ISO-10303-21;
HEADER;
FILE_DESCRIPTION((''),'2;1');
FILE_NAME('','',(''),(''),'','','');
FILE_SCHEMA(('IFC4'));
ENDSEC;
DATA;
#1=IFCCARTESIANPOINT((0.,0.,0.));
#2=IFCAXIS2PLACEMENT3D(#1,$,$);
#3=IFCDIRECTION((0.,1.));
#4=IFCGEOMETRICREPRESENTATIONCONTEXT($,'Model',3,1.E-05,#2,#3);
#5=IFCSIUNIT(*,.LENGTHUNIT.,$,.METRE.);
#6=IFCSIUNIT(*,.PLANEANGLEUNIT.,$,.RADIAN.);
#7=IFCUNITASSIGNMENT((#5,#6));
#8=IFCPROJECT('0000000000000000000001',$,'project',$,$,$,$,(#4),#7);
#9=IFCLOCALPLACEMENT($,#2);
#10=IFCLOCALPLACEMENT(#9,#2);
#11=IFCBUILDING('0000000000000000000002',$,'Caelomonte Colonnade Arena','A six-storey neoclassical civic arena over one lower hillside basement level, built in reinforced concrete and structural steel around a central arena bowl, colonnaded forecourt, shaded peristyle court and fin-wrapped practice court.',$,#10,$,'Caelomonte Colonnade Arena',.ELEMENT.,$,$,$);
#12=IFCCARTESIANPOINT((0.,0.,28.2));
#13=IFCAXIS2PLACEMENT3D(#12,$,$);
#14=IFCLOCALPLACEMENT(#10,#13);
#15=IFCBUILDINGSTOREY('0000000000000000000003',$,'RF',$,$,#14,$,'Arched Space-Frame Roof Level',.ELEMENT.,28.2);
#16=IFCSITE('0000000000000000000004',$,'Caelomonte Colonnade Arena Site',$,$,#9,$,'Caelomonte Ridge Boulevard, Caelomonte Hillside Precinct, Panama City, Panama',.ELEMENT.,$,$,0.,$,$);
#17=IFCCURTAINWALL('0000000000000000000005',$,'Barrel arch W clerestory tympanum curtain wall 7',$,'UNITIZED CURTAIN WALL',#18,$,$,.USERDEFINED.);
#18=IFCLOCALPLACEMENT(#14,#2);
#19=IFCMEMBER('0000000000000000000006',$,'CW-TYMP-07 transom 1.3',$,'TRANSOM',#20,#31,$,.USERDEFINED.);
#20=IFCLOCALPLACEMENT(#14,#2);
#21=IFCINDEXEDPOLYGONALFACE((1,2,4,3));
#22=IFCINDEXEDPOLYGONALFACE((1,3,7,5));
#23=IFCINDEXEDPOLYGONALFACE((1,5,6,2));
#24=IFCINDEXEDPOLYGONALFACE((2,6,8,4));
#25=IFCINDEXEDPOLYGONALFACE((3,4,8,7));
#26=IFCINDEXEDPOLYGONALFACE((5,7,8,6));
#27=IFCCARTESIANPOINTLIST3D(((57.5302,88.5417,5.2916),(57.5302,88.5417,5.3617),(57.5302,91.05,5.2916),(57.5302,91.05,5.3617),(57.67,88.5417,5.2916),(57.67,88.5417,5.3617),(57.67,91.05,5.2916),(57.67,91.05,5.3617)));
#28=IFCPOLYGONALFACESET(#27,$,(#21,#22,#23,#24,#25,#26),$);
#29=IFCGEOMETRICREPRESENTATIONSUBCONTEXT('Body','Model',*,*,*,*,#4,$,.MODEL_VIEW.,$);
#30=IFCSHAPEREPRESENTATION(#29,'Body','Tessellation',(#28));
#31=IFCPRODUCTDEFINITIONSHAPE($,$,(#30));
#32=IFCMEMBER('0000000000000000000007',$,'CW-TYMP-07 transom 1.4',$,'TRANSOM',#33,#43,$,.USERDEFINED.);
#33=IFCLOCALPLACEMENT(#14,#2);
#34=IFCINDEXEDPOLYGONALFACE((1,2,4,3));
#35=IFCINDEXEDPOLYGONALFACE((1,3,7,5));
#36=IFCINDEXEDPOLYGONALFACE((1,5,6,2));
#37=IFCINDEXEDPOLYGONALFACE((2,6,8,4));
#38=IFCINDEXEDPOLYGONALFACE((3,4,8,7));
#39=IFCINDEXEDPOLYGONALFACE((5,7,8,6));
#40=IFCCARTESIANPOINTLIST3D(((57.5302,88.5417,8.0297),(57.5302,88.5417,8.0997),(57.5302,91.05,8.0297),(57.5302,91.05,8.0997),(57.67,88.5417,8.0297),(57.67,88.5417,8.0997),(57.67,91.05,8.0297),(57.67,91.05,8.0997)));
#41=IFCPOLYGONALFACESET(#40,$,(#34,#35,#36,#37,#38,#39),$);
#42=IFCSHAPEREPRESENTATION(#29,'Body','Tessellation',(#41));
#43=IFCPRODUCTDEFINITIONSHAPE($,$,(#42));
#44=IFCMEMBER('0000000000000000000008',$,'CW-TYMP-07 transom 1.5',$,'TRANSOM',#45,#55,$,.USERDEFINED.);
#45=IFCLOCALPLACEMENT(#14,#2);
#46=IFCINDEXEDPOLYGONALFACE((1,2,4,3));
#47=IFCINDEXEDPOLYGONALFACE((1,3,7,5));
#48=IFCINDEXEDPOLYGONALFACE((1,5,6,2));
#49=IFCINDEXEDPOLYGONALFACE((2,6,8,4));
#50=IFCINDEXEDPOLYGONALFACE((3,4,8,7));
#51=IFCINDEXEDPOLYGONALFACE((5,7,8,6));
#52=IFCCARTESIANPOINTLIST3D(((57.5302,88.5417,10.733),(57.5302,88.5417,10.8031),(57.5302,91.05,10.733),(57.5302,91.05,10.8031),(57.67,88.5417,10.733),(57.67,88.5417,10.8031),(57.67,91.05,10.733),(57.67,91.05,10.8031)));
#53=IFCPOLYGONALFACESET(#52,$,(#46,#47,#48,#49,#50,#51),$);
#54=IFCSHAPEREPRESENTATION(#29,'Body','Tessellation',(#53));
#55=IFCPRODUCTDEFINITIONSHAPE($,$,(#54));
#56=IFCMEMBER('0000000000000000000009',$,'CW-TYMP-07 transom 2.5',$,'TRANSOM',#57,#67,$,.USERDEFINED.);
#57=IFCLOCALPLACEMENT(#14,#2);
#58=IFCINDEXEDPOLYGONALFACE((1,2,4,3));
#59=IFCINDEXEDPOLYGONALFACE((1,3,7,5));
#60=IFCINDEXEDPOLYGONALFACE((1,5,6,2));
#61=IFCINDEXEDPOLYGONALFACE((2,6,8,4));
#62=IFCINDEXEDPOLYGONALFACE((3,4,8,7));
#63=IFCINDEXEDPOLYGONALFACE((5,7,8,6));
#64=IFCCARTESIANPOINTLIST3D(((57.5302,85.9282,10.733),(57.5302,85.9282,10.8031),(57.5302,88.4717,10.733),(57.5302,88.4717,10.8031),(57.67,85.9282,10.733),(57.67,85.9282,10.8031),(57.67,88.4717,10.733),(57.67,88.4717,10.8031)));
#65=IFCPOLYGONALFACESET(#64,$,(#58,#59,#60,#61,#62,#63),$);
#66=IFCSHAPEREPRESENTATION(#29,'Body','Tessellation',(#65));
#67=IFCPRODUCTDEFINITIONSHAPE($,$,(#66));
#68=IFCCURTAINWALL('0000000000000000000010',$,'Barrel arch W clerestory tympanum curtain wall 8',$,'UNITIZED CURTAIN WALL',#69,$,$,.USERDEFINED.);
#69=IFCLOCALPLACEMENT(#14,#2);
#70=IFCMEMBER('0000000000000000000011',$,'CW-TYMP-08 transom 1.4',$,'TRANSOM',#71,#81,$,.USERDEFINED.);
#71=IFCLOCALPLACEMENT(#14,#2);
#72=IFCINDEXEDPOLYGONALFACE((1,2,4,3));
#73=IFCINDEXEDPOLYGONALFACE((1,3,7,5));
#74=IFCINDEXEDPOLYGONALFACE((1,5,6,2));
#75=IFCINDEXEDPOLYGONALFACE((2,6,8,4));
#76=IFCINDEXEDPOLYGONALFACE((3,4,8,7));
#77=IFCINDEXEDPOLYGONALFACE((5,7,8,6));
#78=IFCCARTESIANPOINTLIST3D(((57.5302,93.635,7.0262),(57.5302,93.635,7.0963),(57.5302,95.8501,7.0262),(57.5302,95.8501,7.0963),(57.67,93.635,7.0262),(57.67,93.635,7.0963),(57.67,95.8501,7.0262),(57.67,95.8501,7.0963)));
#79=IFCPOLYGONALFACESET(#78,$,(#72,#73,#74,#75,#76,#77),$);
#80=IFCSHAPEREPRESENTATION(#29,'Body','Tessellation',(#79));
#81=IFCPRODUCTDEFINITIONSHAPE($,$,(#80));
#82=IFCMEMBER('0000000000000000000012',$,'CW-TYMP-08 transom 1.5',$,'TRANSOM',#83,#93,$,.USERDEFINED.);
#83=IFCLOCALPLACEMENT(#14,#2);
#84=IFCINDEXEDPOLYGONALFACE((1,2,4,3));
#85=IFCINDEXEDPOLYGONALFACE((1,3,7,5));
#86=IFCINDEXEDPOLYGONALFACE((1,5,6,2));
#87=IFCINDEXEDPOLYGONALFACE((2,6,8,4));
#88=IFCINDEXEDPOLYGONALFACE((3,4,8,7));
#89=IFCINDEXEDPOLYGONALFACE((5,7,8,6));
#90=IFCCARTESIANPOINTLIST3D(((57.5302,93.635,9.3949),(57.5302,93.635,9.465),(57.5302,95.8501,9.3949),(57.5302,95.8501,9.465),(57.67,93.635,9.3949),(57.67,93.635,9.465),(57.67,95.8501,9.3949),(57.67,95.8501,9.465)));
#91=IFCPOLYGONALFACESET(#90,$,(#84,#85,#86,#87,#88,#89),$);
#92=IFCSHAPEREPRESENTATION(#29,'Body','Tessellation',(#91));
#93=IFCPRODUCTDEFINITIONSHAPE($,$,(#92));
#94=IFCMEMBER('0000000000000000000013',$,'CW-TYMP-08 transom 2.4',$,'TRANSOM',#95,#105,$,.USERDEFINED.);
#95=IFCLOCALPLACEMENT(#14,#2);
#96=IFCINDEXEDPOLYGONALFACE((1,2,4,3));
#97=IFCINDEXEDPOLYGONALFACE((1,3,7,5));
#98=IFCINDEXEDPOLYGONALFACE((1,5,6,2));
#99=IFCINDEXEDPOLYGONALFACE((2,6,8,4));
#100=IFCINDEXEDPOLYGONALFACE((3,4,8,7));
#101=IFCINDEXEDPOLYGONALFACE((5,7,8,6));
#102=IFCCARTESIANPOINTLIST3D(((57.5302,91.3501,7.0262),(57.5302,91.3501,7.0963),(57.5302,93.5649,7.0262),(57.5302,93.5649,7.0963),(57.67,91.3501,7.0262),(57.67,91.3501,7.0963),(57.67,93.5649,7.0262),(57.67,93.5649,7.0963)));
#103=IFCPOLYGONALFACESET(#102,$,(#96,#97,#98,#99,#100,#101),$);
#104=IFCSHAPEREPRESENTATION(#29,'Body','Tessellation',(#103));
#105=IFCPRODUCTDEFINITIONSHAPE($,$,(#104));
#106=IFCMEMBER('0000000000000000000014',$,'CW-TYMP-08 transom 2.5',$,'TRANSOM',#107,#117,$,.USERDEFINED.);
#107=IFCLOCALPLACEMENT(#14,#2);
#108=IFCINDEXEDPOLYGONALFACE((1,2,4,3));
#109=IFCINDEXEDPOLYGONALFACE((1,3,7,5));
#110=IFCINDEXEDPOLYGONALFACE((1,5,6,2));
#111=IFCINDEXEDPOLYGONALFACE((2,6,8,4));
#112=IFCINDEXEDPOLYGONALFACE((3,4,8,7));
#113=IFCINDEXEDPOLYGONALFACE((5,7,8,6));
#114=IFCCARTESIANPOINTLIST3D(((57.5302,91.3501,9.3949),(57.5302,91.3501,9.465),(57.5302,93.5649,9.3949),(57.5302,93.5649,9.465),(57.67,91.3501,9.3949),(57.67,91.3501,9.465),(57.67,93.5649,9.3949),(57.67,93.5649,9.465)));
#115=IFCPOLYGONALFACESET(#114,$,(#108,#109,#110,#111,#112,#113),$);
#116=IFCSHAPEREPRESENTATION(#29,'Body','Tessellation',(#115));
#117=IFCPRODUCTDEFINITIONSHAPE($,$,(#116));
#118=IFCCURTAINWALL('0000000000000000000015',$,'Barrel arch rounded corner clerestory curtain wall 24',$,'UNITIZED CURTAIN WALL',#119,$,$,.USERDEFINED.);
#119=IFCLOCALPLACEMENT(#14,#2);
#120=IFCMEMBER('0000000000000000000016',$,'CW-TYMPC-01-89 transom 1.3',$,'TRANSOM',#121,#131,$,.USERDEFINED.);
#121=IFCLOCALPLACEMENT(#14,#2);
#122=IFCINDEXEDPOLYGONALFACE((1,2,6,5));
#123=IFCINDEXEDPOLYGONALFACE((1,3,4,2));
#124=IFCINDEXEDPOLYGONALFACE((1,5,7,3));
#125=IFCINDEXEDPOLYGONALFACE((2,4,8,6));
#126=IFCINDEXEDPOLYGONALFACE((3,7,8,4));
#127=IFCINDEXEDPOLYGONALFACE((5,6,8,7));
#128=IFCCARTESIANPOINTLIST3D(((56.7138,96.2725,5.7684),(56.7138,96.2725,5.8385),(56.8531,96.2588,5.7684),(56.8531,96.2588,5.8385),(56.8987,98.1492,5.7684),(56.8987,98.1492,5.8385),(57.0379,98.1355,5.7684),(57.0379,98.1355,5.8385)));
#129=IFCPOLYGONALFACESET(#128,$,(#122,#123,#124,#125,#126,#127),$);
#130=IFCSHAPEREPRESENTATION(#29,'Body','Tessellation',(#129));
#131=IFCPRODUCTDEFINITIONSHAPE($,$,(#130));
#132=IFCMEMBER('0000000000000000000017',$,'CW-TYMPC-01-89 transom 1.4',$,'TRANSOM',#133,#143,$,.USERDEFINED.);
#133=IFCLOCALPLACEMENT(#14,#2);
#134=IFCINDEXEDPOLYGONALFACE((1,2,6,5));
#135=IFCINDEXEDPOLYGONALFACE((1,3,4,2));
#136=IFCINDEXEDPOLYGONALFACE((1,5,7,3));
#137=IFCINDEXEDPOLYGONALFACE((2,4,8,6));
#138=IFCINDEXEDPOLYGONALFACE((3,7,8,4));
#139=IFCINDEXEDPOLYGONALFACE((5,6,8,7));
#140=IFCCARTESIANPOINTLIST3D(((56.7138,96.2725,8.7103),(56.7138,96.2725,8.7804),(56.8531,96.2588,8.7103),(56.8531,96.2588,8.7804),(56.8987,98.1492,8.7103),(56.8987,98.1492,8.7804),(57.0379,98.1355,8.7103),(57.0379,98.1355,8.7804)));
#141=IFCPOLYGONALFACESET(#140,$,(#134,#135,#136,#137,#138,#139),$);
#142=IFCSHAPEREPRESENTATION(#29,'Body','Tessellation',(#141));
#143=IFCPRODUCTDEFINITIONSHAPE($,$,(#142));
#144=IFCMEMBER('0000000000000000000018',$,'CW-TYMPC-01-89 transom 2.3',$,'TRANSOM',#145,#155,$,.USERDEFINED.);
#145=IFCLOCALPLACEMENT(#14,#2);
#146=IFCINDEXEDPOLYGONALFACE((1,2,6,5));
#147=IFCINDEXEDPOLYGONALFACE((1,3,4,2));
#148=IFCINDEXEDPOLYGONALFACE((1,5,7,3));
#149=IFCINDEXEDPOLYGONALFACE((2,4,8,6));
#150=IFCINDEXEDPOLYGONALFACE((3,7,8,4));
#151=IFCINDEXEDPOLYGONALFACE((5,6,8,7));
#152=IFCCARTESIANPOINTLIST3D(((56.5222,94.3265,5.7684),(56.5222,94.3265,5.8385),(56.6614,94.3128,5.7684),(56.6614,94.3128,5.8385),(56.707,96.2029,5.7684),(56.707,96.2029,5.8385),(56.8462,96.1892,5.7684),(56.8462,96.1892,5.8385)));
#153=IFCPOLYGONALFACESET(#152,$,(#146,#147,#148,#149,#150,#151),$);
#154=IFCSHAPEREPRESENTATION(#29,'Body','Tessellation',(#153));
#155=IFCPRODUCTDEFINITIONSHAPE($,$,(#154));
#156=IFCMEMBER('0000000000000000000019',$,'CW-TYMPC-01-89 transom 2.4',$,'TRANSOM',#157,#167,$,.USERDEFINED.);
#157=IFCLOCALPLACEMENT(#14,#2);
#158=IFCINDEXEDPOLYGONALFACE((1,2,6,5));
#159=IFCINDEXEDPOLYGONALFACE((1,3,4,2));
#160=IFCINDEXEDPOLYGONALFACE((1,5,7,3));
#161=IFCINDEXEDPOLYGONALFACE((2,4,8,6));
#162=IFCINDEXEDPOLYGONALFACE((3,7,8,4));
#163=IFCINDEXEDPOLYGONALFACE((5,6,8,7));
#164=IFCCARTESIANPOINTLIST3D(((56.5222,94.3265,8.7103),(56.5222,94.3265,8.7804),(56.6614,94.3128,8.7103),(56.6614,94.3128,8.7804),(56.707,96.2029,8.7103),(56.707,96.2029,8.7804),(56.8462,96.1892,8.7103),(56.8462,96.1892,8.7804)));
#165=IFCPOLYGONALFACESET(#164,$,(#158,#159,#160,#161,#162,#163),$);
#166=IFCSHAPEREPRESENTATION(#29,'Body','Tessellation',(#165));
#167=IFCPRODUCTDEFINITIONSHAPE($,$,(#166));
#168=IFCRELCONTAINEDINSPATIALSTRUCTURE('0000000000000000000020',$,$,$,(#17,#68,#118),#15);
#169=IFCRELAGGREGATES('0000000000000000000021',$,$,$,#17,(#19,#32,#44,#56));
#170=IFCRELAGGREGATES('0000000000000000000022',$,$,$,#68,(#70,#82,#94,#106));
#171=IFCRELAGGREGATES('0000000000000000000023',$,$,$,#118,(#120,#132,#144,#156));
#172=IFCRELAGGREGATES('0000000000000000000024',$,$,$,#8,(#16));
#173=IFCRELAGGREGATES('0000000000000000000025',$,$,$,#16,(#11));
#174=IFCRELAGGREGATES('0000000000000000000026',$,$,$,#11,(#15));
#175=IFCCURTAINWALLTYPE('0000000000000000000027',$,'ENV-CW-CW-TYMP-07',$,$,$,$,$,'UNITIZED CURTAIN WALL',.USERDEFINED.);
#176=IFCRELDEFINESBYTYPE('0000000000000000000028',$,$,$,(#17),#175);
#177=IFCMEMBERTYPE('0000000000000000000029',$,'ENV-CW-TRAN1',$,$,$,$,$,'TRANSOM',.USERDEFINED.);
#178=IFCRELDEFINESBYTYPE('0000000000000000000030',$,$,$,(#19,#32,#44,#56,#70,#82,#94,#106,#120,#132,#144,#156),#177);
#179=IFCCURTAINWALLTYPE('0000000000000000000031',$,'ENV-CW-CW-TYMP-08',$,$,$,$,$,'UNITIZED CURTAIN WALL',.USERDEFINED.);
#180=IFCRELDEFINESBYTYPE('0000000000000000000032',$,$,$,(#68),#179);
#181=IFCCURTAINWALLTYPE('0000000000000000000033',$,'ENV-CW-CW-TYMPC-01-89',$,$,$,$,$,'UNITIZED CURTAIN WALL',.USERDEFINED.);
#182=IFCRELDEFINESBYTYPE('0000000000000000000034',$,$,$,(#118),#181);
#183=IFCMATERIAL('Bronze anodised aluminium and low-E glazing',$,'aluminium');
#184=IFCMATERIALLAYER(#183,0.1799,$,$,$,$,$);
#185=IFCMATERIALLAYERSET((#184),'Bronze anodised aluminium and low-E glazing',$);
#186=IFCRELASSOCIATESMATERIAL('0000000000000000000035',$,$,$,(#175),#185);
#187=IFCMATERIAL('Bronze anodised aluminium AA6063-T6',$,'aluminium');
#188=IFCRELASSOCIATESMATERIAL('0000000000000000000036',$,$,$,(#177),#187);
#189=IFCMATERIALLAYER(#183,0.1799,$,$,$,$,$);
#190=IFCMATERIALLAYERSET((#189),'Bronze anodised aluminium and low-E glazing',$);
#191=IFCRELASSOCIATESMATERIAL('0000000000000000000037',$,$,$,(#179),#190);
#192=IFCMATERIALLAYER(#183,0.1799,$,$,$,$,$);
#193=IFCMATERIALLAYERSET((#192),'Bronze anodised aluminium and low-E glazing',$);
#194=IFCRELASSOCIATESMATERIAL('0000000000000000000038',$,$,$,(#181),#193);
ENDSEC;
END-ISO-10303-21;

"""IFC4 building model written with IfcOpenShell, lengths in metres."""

from ifc_helpers import new_model, si_unit, direction, frame, origin, origin_2d, place, context, subcontext, project, spatial, rectangle, extrude, material, layer, layer_set, material_profile, profile_set, type_object, element, aggregate, save


model = new_model("IFC4")

# Units and contexts
model_context = context("Model", 3, precision=1e-05, world=origin(), true_north=direction((0.0, 1.0)))
body_context = subcontext(model_context, "Body", "Model", "MODEL_VIEW")
ifc_project = project(units=[si_unit("LENGTHUNIT", "METRE"), si_unit("PLANEANGLEUNIT", "RADIAN")], contexts=[model_context])

# Site, building, storey
site_placement = place(None, origin())
site = spatial("IfcSite", under=ifc_project, at=site_placement, Name="Caelomonte Colonnade Arena Site", LongName="Caelomonte Ridge Boulevard, Caelomonte Hillside Precinct, Panama City, Panama", CompositionType="ELEMENT", RefElevation=0.0)
building_placement = place(site_placement, origin())
building = spatial("IfcBuilding", under=site, at=building_placement, Name="Caelomonte Colonnade Arena", Description="A six-storey neoclassical civic arena over one lower hillside basement level, built in reinforced concrete and structural steel around a central arena bowl, colonnaded forecourt, shaded peristyle court and fin-wrapped practice court.", LongName="Caelomonte Colonnade Arena", CompositionType="ELEMENT")
storey_placement = place(building_placement, frame((0.0, 0.0, 28.2)))
storey = spatial("IfcBuildingStorey", under=building, at=storey_placement, Name="RF", LongName="Arched Space-Frame Roof Level", CompositionType="ELEMENT", Elevation=28.2)

# Curtain walls, members
ifc_material_1 = material(Name="Bronze anodised aluminium and low-E glazing", Category="aluminium")
ifc_layer_1 = layer(ifc_material_1, 0.1799)
ifc_layer_set_1 = layer_set([ifc_layer_1], Name="Bronze anodised aluminium and low-E glazing")
curtain_wall_type_1 = type_object("IfcCurtainWallType", Name="ENV-CW-CW-TYMP-07", ElementType="UNITIZED CURTAIN WALL", PredefinedType="USERDEFINED", material=ifc_layer_set_1)
curtain_wall_1_placement = place(storey_placement, origin())
curtain_wall_1 = element("IfcCurtainWall", 1, at=curtain_wall_1_placement, inside=storey, type_object=curtain_wall_type_1, Name="Barrel arch W clerestory tympanum curtain wall 7", ObjectType="UNITIZED CURTAIN WALL", PredefinedType="USERDEFINED")
ifc_material_2 = material(Name="Bronze anodised aluminium AA6063-T6", Category="aluminium")
ifc_material_profile_1 = material_profile(ifc_material_2, rectangle(XDim=0.0701, YDim=0.1399, at=origin_2d()), Name="CWT-70X140")
ifc_profile_set_1 = profile_set([ifc_material_profile_1], Name="Bronze anodised aluminium AA6063-T6")
member_type_1 = type_object("IfcMemberType", Name="ENV-CW-TRAN1", ElementType="TRANSOM", PredefinedType="USERDEFINED", material=ifc_profile_set_1)
member_1_placement = place(storey_placement, frame((57.6001, 91.05, 5.3267), z_axis=(0.0, -1.0, 0.0), x_axis=(0.0, 0.0, 1.0)))
member_1 = element("IfcMember", 2, at=member_1_placement, type_object=member_type_1, Name="CW-TYMP-07 transom 1.3", ObjectType="TRANSOM", PredefinedType="USERDEFINED", context=body_context, shape_type="SweptSolid", body=[
    extrude(rectangle(XDim=0.0701, YDim=0.1399, at=origin_2d()), origin(), (0.0, 0.0, 1.0), 2.5083),
])
member_2_placement = place(storey_placement, frame((57.6001, 91.05, 8.0647), z_axis=(0.0, -1.0, 0.0), x_axis=(0.0, 0.0, 1.0)))
member_2 = element("IfcMember", 3, at=member_2_placement, type_object=member_type_1, Name="CW-TYMP-07 transom 1.4", ObjectType="TRANSOM", PredefinedType="USERDEFINED", context=body_context, shape_type="SweptSolid", body=[
    extrude(rectangle(XDim=0.0701, YDim=0.1399, at=origin_2d()), origin(), (0.0, 0.0, 1.0), 2.5083),
])
member_3_placement = place(storey_placement, frame((57.6001, 91.05, 10.7681), z_axis=(0.0, -1.0, 0.0), x_axis=(0.0, 0.0, 1.0)))
member_3 = element("IfcMember", 4, at=member_3_placement, type_object=member_type_1, Name="CW-TYMP-07 transom 1.5", ObjectType="TRANSOM", PredefinedType="USERDEFINED", context=body_context, shape_type="SweptSolid", body=[
    extrude(rectangle(XDim=0.0701, YDim=0.1399, at=origin_2d()), origin(), (0.0, 0.0, 1.0), 2.5083),
])
member_4_placement = place(storey_placement, frame((57.6001, 88.4717, 10.7681), z_axis=(0.0, -1.0, 0.0), x_axis=(0.0, 0.0, 1.0)))
member_4 = element("IfcMember", 5, at=member_4_placement, type_object=member_type_1, Name="CW-TYMP-07 transom 2.5", ObjectType="TRANSOM", PredefinedType="USERDEFINED", context=body_context, shape_type="SweptSolid", body=[
    extrude(rectangle(XDim=0.0701, YDim=0.1399, at=origin_2d()), origin(), (0.0, 0.0, 1.0), 2.5435),
])
ifc_layer_2 = layer(ifc_material_1, 0.1799)
ifc_layer_set_2 = layer_set([ifc_layer_2], Name="Bronze anodised aluminium and low-E glazing")
curtain_wall_type_2 = type_object("IfcCurtainWallType", Name="ENV-CW-CW-TYMP-08", ElementType="UNITIZED CURTAIN WALL", PredefinedType="USERDEFINED", material=ifc_layer_set_2)
curtain_wall_2_placement = place(storey_placement, origin())
curtain_wall_2 = element("IfcCurtainWall", 6, at=curtain_wall_2_placement, inside=storey, type_object=curtain_wall_type_2, Name="Barrel arch W clerestory tympanum curtain wall 8", ObjectType="UNITIZED CURTAIN WALL", PredefinedType="USERDEFINED")
member_5_placement = place(storey_placement, frame((57.6001, 95.8501, 7.0613), z_axis=(0.0, -1.0, 0.0), x_axis=(0.0, 0.0, 1.0)))
member_5 = element("IfcMember", 7, at=member_5_placement, type_object=member_type_1, Name="CW-TYMP-08 transom 1.4", ObjectType="TRANSOM", PredefinedType="USERDEFINED", context=body_context, shape_type="SweptSolid", body=[
    extrude(rectangle(XDim=0.0701, YDim=0.1399, at=origin_2d()), origin(), (0.0, 0.0, 1.0), 2.2151),
])
member_6_placement = place(storey_placement, frame((57.6001, 95.8501, 9.4299), z_axis=(0.0, -1.0, 0.0), x_axis=(0.0, 0.0, 1.0)))
member_6 = element("IfcMember", 8, at=member_6_placement, type_object=member_type_1, Name="CW-TYMP-08 transom 1.5", ObjectType="TRANSOM", PredefinedType="USERDEFINED", context=body_context, shape_type="SweptSolid", body=[
    extrude(rectangle(XDim=0.0701, YDim=0.1399, at=origin_2d()), origin(), (0.0, 0.0, 1.0), 2.2151),
])
member_7_placement = place(storey_placement, frame((57.6001, 93.5649, 7.0613), z_axis=(0.0, -1.0, 0.0), x_axis=(0.0, 0.0, 1.0)))
member_7 = element("IfcMember", 9, at=member_7_placement, type_object=member_type_1, Name="CW-TYMP-08 transom 2.4", ObjectType="TRANSOM", PredefinedType="USERDEFINED", context=body_context, shape_type="SweptSolid", body=[
    extrude(rectangle(XDim=0.0701, YDim=0.1399, at=origin_2d()), origin(), (0.0, 0.0, 1.0), 2.2148),
])
member_8_placement = place(storey_placement, frame((57.6001, 93.5649, 9.4299), z_axis=(0.0, -1.0, 0.0), x_axis=(0.0, 0.0, 1.0)))
member_8 = element("IfcMember", 10, at=member_8_placement, type_object=member_type_1, Name="CW-TYMP-08 transom 2.5", ObjectType="TRANSOM", PredefinedType="USERDEFINED", context=body_context, shape_type="SweptSolid", body=[
    extrude(rectangle(XDim=0.0701, YDim=0.1399, at=origin_2d()), origin(), (0.0, 0.0, 1.0), 2.2148),
])
ifc_layer_3 = layer(ifc_material_1, 0.1799)
ifc_layer_set_3 = layer_set([ifc_layer_3], Name="Bronze anodised aluminium and low-E glazing")
curtain_wall_type_3 = type_object("IfcCurtainWallType", Name="ENV-CW-CW-TYMPC-01-89", ElementType="UNITIZED CURTAIN WALL", PredefinedType="USERDEFINED", material=ifc_layer_set_3)
curtain_wall_3_placement = place(storey_placement, origin())
curtain_wall_3 = element("IfcCurtainWall", 11, at=curtain_wall_3_placement, inside=storey, type_object=curtain_wall_type_3, Name="Barrel arch rounded corner clerestory curtain wall 24", ObjectType="UNITIZED CURTAIN WALL", PredefinedType="USERDEFINED")
member_9_placement = place(storey_placement, frame((56.9683, 98.1423, 5.8035), z_axis=(-0.098004, -0.995186, 0.0), x_axis=(0.0, 0.0, 1.0)))
member_9 = element("IfcMember", 12, at=member_9_placement, type_object=member_type_1, Name="CW-TYMPC-01-89 transom 1.3", ObjectType="TRANSOM", PredefinedType="USERDEFINED", context=body_context, shape_type="SweptSolid", body=[
    extrude(rectangle(XDim=0.0701, YDim=0.1399, at=origin_2d()), origin(), (0.0, 0.0, 1.0), 1.8857),
])
member_10_placement = place(storey_placement, frame((56.9683, 98.1423, 8.7454), z_axis=(-0.098004, -0.995186, 0.0), x_axis=(0.0, 0.0, 1.0)))
member_10 = element("IfcMember", 13, at=member_10_placement, type_object=member_type_1, Name="CW-TYMPC-01-89 transom 1.4", ObjectType="TRANSOM", PredefinedType="USERDEFINED", context=body_context, shape_type="SweptSolid", body=[
    extrude(rectangle(XDim=0.0701, YDim=0.1399, at=origin_2d()), origin(), (0.0, 0.0, 1.0), 1.8857),
])
member_11_placement = place(storey_placement, frame((56.7766, 96.196, 5.8035), z_axis=(-0.098017, -0.995185, 0.0), x_axis=(0.0, 0.0, 1.0)))
member_11 = element("IfcMember", 14, at=member_11_placement, type_object=member_type_1, Name="CW-TYMPC-01-89 transom 2.3", ObjectType="TRANSOM", PredefinedType="USERDEFINED", context=body_context, shape_type="SweptSolid", body=[
    extrude(rectangle(XDim=0.0701, YDim=0.1399, at=origin_2d()), origin(), (0.0, 0.0, 1.0), 1.8855),
])
member_12_placement = place(storey_placement, frame((56.7766, 96.196, 8.7454), z_axis=(-0.098017, -0.995185, 0.0), x_axis=(0.0, 0.0, 1.0)))
member_12 = element("IfcMember", 15, at=member_12_placement, type_object=member_type_1, Name="CW-TYMPC-01-89 transom 2.4", ObjectType="TRANSOM", PredefinedType="USERDEFINED", context=body_context, shape_type="SweptSolid", body=[
    extrude(rectangle(XDim=0.0701, YDim=0.1399, at=origin_2d()), origin(), (0.0, 0.0, 1.0), 1.8855),
])

aggregate(curtain_wall_1, [member_1, member_2, member_3, member_4])
aggregate(curtain_wall_2, [member_5, member_6, member_7, member_8])
aggregate(curtain_wall_3, [member_9, member_10, member_11, member_12])

save(model, "model.ifc")
